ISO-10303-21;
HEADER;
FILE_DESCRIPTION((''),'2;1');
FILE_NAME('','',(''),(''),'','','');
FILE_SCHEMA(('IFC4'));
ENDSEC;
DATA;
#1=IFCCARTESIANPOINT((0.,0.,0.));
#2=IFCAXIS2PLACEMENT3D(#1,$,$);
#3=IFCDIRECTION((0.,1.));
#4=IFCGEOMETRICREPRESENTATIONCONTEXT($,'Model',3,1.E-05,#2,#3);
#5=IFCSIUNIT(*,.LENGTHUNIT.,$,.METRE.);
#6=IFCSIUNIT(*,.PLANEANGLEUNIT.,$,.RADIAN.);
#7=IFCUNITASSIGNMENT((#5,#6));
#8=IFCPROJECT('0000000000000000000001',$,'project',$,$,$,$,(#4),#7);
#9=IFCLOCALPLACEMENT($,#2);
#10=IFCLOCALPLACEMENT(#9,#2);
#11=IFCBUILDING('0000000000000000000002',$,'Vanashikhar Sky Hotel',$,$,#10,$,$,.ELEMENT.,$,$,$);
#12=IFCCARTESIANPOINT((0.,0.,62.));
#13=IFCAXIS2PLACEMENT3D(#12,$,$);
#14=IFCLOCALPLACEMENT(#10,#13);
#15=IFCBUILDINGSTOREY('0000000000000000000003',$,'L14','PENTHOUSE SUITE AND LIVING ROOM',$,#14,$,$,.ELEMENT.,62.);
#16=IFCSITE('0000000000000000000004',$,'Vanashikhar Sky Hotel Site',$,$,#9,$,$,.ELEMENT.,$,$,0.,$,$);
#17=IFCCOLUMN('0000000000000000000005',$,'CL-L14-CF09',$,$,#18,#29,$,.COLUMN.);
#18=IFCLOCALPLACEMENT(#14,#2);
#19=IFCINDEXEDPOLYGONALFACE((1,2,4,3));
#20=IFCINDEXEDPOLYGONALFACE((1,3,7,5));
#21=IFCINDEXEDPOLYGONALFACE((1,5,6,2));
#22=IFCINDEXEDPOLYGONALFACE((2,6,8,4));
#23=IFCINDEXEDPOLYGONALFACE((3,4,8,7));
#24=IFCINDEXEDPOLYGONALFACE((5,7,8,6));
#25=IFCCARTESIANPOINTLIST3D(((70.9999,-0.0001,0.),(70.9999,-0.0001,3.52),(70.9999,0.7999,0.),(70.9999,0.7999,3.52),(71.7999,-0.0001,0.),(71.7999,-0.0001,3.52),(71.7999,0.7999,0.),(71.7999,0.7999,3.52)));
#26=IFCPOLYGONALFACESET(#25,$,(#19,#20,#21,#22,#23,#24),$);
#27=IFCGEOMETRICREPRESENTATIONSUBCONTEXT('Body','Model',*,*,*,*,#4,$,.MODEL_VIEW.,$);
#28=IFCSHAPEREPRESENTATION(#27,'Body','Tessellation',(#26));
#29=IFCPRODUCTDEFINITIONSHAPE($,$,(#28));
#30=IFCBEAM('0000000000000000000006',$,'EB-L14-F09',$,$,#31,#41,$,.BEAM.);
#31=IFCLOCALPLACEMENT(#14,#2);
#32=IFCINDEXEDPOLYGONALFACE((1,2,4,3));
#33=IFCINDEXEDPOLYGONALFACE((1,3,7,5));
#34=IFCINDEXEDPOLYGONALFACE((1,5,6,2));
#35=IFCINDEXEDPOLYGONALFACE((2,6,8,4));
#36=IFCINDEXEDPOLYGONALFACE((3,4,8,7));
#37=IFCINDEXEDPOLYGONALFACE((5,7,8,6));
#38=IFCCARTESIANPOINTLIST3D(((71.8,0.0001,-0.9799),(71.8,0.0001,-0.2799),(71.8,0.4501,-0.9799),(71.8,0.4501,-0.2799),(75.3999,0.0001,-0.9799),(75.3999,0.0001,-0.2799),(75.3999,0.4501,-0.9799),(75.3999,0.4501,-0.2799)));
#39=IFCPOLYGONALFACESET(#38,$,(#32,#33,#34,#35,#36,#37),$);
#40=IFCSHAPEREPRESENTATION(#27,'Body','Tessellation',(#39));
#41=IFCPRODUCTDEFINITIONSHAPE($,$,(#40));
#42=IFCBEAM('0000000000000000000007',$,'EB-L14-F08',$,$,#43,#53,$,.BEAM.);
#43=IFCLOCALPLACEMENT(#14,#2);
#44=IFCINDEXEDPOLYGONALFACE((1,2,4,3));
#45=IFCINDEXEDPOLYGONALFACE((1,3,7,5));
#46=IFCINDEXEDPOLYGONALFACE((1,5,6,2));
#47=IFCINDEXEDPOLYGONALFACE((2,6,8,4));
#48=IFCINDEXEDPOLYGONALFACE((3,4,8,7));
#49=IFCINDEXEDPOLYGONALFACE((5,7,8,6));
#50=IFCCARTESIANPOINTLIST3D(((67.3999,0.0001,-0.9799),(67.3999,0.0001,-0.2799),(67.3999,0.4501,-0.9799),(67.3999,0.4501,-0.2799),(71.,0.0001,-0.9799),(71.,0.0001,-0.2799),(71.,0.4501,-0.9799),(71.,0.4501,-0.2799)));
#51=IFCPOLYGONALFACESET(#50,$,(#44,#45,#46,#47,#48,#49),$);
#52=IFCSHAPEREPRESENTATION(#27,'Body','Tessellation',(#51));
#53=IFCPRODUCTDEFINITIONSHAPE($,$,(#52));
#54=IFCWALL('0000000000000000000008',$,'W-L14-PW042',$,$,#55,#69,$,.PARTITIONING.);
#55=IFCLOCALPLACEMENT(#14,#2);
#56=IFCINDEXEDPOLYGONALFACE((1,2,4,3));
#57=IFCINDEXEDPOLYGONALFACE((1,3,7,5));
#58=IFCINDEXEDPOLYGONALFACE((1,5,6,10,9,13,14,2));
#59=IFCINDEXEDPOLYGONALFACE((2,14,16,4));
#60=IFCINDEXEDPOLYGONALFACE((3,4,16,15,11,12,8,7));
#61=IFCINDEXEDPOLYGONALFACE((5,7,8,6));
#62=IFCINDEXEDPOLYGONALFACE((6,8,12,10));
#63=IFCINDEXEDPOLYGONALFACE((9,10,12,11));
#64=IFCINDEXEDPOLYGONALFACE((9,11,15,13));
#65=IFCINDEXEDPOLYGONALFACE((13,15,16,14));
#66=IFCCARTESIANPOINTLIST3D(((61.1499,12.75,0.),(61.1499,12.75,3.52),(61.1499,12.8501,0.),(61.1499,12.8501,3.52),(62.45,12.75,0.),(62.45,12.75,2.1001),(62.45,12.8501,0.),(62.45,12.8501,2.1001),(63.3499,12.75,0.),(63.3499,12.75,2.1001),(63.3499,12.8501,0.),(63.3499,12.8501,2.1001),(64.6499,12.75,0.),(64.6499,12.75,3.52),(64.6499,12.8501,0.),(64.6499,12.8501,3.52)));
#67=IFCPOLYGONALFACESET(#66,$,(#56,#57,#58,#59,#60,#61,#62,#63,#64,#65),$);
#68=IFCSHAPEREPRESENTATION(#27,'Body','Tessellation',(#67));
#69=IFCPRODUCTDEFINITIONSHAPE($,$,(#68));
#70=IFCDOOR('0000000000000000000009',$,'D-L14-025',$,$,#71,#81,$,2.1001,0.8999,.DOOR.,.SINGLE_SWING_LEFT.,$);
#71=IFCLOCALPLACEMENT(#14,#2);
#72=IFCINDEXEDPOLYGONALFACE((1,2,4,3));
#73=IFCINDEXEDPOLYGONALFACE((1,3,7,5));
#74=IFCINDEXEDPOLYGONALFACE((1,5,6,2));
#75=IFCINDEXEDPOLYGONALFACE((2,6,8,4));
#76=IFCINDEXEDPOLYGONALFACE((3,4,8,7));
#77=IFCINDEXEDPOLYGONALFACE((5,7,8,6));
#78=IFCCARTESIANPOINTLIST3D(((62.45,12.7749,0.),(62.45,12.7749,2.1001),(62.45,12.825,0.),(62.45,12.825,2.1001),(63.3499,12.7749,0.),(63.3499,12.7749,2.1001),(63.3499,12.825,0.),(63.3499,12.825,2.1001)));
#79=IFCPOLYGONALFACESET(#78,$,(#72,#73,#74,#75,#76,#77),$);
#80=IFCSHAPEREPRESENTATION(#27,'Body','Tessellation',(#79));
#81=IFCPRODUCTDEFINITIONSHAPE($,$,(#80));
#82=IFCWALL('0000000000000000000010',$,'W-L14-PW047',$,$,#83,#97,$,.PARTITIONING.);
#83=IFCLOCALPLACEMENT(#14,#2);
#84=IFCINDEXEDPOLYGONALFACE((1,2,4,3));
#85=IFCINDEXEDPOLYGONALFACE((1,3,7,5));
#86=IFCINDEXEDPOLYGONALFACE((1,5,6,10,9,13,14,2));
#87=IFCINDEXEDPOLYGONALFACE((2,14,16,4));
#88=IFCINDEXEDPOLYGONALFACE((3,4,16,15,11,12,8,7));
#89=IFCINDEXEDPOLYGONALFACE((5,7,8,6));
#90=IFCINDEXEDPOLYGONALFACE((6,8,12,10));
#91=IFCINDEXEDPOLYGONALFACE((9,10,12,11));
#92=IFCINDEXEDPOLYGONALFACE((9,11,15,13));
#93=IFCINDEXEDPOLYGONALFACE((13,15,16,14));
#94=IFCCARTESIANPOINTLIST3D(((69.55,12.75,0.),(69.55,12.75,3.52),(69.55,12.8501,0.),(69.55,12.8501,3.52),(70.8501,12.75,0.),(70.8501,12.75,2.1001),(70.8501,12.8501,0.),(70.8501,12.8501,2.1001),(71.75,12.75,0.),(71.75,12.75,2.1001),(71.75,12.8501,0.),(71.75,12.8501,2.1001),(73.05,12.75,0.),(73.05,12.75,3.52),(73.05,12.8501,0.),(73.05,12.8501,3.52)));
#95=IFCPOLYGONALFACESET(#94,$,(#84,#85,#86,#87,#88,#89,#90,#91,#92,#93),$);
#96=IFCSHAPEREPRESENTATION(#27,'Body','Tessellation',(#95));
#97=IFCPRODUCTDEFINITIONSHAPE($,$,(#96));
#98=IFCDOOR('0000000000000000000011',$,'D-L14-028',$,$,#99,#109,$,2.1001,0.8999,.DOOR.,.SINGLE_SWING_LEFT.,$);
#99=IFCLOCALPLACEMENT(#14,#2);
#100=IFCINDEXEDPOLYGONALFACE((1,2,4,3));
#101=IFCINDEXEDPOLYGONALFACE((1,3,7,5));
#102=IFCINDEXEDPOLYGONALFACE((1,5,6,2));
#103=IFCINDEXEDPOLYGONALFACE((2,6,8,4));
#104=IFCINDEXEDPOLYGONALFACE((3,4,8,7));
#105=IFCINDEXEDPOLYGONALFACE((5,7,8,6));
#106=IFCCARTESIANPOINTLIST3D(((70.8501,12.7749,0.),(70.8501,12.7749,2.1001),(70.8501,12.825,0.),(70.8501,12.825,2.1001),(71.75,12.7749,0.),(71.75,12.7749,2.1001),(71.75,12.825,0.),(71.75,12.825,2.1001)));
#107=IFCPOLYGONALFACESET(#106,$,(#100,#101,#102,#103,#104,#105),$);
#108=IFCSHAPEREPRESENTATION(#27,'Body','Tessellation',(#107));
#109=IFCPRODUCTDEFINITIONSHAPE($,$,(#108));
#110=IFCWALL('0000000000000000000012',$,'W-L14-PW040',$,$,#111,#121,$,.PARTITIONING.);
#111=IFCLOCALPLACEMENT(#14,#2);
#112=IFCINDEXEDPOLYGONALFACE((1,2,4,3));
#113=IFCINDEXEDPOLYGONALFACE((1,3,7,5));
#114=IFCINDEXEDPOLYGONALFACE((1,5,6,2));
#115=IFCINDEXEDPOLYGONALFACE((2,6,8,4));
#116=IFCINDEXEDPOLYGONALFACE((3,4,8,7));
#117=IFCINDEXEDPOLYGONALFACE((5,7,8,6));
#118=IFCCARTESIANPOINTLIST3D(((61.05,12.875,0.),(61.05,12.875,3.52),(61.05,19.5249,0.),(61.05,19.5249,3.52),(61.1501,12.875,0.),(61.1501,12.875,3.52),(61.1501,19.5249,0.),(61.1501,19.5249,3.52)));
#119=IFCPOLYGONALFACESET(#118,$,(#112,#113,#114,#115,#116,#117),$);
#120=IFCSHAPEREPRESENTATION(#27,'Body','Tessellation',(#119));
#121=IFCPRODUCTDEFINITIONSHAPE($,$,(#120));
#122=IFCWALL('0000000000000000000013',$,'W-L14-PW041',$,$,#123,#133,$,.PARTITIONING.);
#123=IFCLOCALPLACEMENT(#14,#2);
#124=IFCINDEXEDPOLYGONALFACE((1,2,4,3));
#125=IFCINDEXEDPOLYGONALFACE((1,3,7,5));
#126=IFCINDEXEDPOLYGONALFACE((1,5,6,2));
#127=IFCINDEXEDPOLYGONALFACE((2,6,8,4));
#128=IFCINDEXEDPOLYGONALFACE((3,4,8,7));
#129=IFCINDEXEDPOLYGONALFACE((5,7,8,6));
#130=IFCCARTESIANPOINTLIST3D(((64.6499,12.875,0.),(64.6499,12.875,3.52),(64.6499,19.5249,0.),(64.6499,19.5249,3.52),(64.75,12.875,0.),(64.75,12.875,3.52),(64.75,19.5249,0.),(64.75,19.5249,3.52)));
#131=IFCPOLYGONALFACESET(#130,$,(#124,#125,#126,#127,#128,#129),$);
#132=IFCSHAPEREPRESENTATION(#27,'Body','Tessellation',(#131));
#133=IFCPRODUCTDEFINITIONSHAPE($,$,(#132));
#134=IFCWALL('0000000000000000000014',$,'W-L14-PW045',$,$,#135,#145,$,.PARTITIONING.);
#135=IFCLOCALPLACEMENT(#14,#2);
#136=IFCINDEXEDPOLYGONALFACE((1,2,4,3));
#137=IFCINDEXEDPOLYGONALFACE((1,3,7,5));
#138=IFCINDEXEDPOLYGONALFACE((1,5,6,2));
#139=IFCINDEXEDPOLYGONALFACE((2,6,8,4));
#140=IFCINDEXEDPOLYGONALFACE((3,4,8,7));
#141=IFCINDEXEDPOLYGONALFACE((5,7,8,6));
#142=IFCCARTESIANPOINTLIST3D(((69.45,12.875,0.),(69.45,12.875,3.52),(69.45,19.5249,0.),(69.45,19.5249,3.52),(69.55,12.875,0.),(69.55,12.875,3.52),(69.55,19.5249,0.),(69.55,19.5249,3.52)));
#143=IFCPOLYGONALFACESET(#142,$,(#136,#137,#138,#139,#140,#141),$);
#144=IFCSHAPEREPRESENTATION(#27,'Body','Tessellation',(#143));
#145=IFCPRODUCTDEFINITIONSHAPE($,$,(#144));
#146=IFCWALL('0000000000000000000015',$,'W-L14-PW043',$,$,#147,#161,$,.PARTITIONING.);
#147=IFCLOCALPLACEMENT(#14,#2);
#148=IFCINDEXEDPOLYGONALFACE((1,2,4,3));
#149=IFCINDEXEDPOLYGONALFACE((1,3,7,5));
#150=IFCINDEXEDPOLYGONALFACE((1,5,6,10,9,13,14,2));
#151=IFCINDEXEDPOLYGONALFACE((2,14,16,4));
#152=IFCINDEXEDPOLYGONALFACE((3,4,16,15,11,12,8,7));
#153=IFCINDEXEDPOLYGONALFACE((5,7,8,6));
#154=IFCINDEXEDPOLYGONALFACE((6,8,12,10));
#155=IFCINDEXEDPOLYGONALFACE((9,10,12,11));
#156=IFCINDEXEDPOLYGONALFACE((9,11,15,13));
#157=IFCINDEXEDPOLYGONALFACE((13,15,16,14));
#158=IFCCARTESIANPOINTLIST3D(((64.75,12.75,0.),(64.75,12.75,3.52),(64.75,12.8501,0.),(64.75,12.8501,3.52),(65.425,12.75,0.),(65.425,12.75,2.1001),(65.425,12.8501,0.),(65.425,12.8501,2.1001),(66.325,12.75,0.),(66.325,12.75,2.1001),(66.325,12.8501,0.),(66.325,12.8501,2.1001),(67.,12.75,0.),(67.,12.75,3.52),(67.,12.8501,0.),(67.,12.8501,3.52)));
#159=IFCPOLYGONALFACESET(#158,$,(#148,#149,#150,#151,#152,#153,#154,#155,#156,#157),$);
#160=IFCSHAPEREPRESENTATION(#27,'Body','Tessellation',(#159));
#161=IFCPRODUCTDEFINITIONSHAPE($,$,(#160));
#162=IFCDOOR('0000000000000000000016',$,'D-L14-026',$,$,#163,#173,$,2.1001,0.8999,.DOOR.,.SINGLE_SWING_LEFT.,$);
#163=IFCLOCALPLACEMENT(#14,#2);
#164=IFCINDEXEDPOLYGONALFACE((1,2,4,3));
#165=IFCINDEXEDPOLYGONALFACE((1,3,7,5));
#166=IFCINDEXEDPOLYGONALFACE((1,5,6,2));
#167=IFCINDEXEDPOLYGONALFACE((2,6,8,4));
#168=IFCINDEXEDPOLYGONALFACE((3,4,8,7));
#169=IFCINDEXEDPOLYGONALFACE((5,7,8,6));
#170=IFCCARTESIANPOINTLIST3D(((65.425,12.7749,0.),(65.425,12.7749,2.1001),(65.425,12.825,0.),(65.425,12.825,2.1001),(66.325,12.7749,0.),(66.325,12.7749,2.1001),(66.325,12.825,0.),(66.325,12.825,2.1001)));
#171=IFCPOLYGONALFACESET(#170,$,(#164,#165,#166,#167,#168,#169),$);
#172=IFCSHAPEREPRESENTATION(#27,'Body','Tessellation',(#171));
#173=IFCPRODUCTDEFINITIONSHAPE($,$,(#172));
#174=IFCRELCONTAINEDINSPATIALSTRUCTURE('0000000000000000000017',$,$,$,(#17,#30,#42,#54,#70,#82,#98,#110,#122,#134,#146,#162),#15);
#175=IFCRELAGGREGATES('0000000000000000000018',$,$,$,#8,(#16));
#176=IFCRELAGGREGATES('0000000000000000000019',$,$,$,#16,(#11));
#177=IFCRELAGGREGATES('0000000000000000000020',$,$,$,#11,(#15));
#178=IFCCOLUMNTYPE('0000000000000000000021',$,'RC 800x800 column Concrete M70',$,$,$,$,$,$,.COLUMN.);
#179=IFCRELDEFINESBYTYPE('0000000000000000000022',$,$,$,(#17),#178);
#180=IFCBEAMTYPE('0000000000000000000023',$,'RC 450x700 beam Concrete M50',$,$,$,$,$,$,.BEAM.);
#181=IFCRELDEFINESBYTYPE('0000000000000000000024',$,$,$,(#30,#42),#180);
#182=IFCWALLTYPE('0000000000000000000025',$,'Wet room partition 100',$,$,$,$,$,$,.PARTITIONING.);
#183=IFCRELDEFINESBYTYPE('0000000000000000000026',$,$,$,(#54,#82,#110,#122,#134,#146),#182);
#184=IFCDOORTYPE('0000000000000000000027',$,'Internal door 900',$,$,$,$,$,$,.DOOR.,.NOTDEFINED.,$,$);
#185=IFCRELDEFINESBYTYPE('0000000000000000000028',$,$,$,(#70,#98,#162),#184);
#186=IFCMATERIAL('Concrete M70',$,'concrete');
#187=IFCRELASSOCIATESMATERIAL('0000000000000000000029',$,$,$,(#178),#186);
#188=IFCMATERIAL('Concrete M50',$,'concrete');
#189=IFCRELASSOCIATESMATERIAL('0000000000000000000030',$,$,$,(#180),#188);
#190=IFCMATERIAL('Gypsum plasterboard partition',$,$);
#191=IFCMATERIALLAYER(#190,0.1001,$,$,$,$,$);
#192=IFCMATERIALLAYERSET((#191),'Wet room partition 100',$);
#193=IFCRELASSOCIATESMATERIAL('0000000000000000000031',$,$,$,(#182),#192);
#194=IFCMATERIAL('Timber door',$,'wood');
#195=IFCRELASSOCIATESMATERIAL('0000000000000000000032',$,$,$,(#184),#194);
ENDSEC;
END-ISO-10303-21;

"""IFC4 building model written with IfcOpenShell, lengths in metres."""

from ifc_helpers import new_model, si_unit, direction, frame, frame_2d, origin, origin_2d, place, context, subcontext, project, spatial, rectangle, extrude, source, transform, mapped, material, layer, layer_set, material_profile, profile_set, type_object, element, fill, save


model = new_model("IFC4")

# Units and contexts
model_context = context("Model", 3, precision=1e-05, world=origin(), true_north=direction((0.0, 1.0)))
body_context = subcontext(model_context, "Body", "Model", "MODEL_VIEW")
ifc_project = project(units=[si_unit("LENGTHUNIT", "METRE"), si_unit("PLANEANGLEUNIT", "RADIAN")], contexts=[model_context])

# Site, building, storey
site_placement = place(None, origin())
site = spatial("IfcSite", under=ifc_project, at=site_placement, Name="Vanashikhar Sky Hotel Site", CompositionType="ELEMENT", RefElevation=0.0)
building_placement = place(site_placement, origin())
building = spatial("IfcBuilding", under=site, at=building_placement, Name="Vanashikhar Sky Hotel", CompositionType="ELEMENT")
storey_placement = place(building_placement, frame((0.0, 0.0, 62.0)))
storey = spatial("IfcBuildingStorey", under=building, at=storey_placement, Name="L14", Description="PENTHOUSE SUITE AND LIVING ROOM", CompositionType="ELEMENT", Elevation=62.0)

# Column
ifc_material_1 = material(Name="Concrete M70", Category="concrete")
ifc_material_profile_1 = material_profile(ifc_material_1, rectangle(XDim=0.8, YDim=0.8, at=origin_2d()))
ifc_profile_set_1 = profile_set([ifc_material_profile_1], Name="RC 800x800 column Concrete M70")
column_type = type_object("IfcColumnType", Name="RC 800x800 column Concrete M70", PredefinedType="COLUMN", material=ifc_profile_set_1)
shared_shape_1 = source(origin(), body_context, "Body", "SweptSolid", [
    extrude(rectangle(XDim=0.8, YDim=0.8, at=origin_2d()), origin(), (0.0, 0.0, 1.0), 3.52),
])
column_placement = place(storey_placement, frame((71.3999, 0.3999, 0.0), z_axis=(0.0, 0.0, 1.0), x_axis=(1.0, 0.0, 0.0)))
element("IfcColumn", 1, at=column_placement, inside=storey, type_object=column_type, Name="CL-L14-CF09", PredefinedType="COLUMN", context=body_context, shape_type="MappedRepresentation", body=[
    mapped(shared_shape_1, transform((0.0, 0.0, 0.0), scale=1.0)),
])

# Beams
ifc_material_2 = material(Name="Concrete M50", Category="concrete")
ifc_material_profile_2 = material_profile(ifc_material_2, rectangle(XDim=0.45, YDim=0.7, at=origin_2d()))
ifc_profile_set_2 = profile_set([ifc_material_profile_2], Name="RC 450x700 beam Concrete M50")
beam_type = type_object("IfcBeamType", Name="RC 450x700 beam Concrete M50", PredefinedType="BEAM", material=ifc_profile_set_2)
shared_shape_2 = source(origin(), body_context, "Body", "SweptSolid", [
    extrude(rectangle(XDim=0.45, YDim=0.7, at=origin_2d()), origin(), (0.0, 0.0, 1.0), 3.5999),
])
beam_1_placement = place(storey_placement, frame((71.8, 0.2251, -0.6299), z_axis=(1.0, 0.0, 0.0), x_axis=(0.0, 1.0, 0.0)))
element("IfcBeam", 2, at=beam_1_placement, inside=storey, type_object=beam_type, Name="EB-L14-F09", PredefinedType="BEAM", context=body_context, shape_type="MappedRepresentation", body=[
    mapped(shared_shape_2, transform((0.0, 0.0, 0.0), scale=1.0)),
])
shared_shape_3 = source(origin(), body_context, "Body", "SweptSolid", [
    extrude(rectangle(XDim=0.45, YDim=0.7, at=origin_2d()), origin(), (0.0, 0.0, 1.0), 3.6001),
])
beam_2_placement = place(storey_placement, frame((67.3999, 0.2251, -0.6299), z_axis=(1.0, 0.0, 0.0), x_axis=(0.0, 1.0, 0.0)))
element("IfcBeam", 3, at=beam_2_placement, inside=storey, type_object=beam_type, Name="EB-L14-F08", PredefinedType="BEAM", context=body_context, shape_type="MappedRepresentation", body=[
    mapped(shared_shape_3, transform((0.0, 0.0, 0.0), scale=1.0)),
])

# Walls, openings, doors
ifc_material_3 = material(Name="Gypsum plasterboard partition")
ifc_layer_1 = layer(ifc_material_3, 0.1001)
ifc_layer_set_1 = layer_set([ifc_layer_1], Name="Wet room partition 100")
wall_type_1 = type_object("IfcWallType", Name="Wet room partition 100", PredefinedType="PARTITIONING", material=ifc_layer_set_1)
shared_shape_4 = source(origin(), body_context, "Body", "SweptSolid", [
    extrude(rectangle(XDim=3.5, YDim=0.1001, at=frame_2d((1.75, 0.0))), origin(), (0.0, 0.0, 1.0), 3.52),
])
wall_1_placement = place(storey_placement, frame((61.1499, 12.8, 0.0), z_axis=(0.0, 0.0, 1.0), x_axis=(1.0, 0.0, 0.0)))
wall_1 = element("IfcWall", 4, at=wall_1_placement, inside=storey, type_object=wall_type_1, Name="W-L14-PW042", PredefinedType="PARTITIONING", context=body_context, shape_type="MappedRepresentation", body=[
    mapped(shared_shape_4, transform((0.0, 0.0, 0.0), scale=1.0)),
])
shared_shape_5 = source(origin(), body_context, "Body", "SweptSolid", [
    extrude(rectangle(XDim=0.8999, YDim=2.1001, at=frame_2d((0.45, 1.05))), frame((0.0, 0.0601, 0.0), z_axis=(0.0, -1.0, 0.0), x_axis=(1.0, 0.0, 0.0)), (0.0, 0.0, 1.0), 0.1201),
])
opening_1_placement = place(wall_1_placement, frame((1.3, 0.0, 0.0)))
opening_1 = element("IfcOpeningElement", 5, at=opening_1_placement, cuts=wall_1, PredefinedType="OPENING", context=body_context, shape_type="MappedRepresentation", body=[
    mapped(shared_shape_5, transform((0.0, 0.0, 0.0), scale=1.0)),
])
ifc_material_4 = material(Name="Timber door", Category="wood")
door_type_1 = type_object("IfcDoorType", Name="Internal door 900", OperationType="NOTDEFINED", PredefinedType="DOOR", material=ifc_material_4)
shared_shape_6 = source(origin(), body_context, "Body", "SweptSolid", [
    extrude(rectangle(XDim=0.8999, YDim=2.1001, at=frame_2d((0.45, 1.05))), frame((0.0, 0.0249, 0.0), z_axis=(0.0, -1.0, 0.0), x_axis=(1.0, 0.0, 0.0)), (0.0, 0.0, 1.0), 0.05),
])
door_1_placement = place(opening_1_placement, origin())
door_1 = element("IfcDoor", 6, at=door_1_placement, inside=storey, type_object=door_type_1, Name="D-L14-025", OperationType="SINGLE_SWING_LEFT", OverallHeight=2.1001, OverallWidth=0.8999, PredefinedType="DOOR", context=body_context, shape_type="MappedRepresentation", body=[
    mapped(shared_shape_6, transform((0.0, 0.0, 0.0), scale=1.0)),
])
fill(opening_1, door_1)
wall_2_placement = place(storey_placement, frame((69.55, 12.8, 0.0), z_axis=(0.0, 0.0, 1.0), x_axis=(1.0, 0.0, 0.0)))
wall_2 = element("IfcWall", 7, at=wall_2_placement, inside=storey, type_object=wall_type_1, Name="W-L14-PW047", PredefinedType="PARTITIONING", context=body_context, shape_type="MappedRepresentation", body=[
    mapped(shared_shape_4, transform((0.0, 0.0, 0.0), scale=1.0)),
])
opening_2_placement = place(wall_2_placement, frame((1.3, 0.0, 0.0)))
opening_2 = element("IfcOpeningElement", 8, at=opening_2_placement, cuts=wall_2, PredefinedType="OPENING", context=body_context, shape_type="MappedRepresentation", body=[
    mapped(shared_shape_5, transform((0.0, 0.0, 0.0), scale=1.0)),
])
door_2_placement = place(opening_2_placement, origin())
door_2 = element("IfcDoor", 9, at=door_2_placement, inside=storey, type_object=door_type_1, Name="D-L14-028", OperationType="SINGLE_SWING_LEFT", OverallHeight=2.1001, OverallWidth=0.8999, PredefinedType="DOOR", context=body_context, shape_type="MappedRepresentation", body=[
    mapped(shared_shape_6, transform((0.0, 0.0, 0.0), scale=1.0)),
])
fill(opening_2, door_2)

# Walls
shared_shape_7 = source(origin(), body_context, "Body", "SweptSolid", [
    extrude(rectangle(XDim=6.6499, YDim=0.1001, at=frame_2d((3.325, 0.0))), origin(), (0.0, 0.0, 1.0), 3.52),
])
for number, where, z_axis, x_axis, name in (
    (10, (61.1001, 12.875, 0.0), (0.0, 0.0, 1.0), (0.0, 1.0, 0.0), "W-L14-PW040"),
    (11, (64.7, 12.875, 0.0), (0.0, 0.0, 1.0), (0.0, 1.0, 0.0), "W-L14-PW041"),
    (12, (69.5, 12.875, 0.0), (0.0, 0.0, 1.0), (0.0, 1.0, 0.0), "W-L14-PW045"),
):
    element("IfcWall", number, at=place(storey_placement, frame(where, z_axis=z_axis, x_axis=x_axis)), inside=storey, type_object=wall_type_1, Name=name, PredefinedType="PARTITIONING", context=body_context, shape_type="MappedRepresentation", body=[
        mapped(shared_shape_7, transform((0.0, 0.0, 0.0), scale=1.0)),
    ])

# Wall, opening, door
shared_shape_8 = source(origin(), body_context, "Body", "SweptSolid", [
    extrude(rectangle(XDim=2.25, YDim=0.1001, at=frame_2d((1.125, 0.0))), origin(), (0.0, 0.0, 1.0), 3.52),
])
wall_3_placement = place(storey_placement, frame((64.75, 12.8, 0.0), z_axis=(0.0, 0.0, 1.0), x_axis=(1.0, 0.0, 0.0)))
wall_3 = element("IfcWall", 13, at=wall_3_placement, inside=storey, type_object=wall_type_1, Name="W-L14-PW043", PredefinedType="PARTITIONING", context=body_context, shape_type="MappedRepresentation", body=[
    mapped(shared_shape_8, transform((0.0, 0.0, 0.0), scale=1.0)),
])
opening_3_placement = place(wall_3_placement, frame((0.675, 0.0, 0.0)))
opening_3 = element("IfcOpeningElement", 14, at=opening_3_placement, cuts=wall_3, PredefinedType="OPENING", context=body_context, shape_type="MappedRepresentation", body=[
    mapped(shared_shape_5, transform((0.0, 0.0, 0.0), scale=1.0)),
])
door_3_placement = place(opening_3_placement, origin())
door_3 = element("IfcDoor", 15, at=door_3_placement, inside=storey, type_object=door_type_1, Name="D-L14-026", OperationType="SINGLE_SWING_LEFT", OverallHeight=2.1001, OverallWidth=0.8999, PredefinedType="DOOR", context=body_context, shape_type="MappedRepresentation", body=[
    mapped(shared_shape_6, transform((0.0, 0.0, 0.0), scale=1.0)),
])
fill(opening_3, door_3)

save(model, "model.ifc")
